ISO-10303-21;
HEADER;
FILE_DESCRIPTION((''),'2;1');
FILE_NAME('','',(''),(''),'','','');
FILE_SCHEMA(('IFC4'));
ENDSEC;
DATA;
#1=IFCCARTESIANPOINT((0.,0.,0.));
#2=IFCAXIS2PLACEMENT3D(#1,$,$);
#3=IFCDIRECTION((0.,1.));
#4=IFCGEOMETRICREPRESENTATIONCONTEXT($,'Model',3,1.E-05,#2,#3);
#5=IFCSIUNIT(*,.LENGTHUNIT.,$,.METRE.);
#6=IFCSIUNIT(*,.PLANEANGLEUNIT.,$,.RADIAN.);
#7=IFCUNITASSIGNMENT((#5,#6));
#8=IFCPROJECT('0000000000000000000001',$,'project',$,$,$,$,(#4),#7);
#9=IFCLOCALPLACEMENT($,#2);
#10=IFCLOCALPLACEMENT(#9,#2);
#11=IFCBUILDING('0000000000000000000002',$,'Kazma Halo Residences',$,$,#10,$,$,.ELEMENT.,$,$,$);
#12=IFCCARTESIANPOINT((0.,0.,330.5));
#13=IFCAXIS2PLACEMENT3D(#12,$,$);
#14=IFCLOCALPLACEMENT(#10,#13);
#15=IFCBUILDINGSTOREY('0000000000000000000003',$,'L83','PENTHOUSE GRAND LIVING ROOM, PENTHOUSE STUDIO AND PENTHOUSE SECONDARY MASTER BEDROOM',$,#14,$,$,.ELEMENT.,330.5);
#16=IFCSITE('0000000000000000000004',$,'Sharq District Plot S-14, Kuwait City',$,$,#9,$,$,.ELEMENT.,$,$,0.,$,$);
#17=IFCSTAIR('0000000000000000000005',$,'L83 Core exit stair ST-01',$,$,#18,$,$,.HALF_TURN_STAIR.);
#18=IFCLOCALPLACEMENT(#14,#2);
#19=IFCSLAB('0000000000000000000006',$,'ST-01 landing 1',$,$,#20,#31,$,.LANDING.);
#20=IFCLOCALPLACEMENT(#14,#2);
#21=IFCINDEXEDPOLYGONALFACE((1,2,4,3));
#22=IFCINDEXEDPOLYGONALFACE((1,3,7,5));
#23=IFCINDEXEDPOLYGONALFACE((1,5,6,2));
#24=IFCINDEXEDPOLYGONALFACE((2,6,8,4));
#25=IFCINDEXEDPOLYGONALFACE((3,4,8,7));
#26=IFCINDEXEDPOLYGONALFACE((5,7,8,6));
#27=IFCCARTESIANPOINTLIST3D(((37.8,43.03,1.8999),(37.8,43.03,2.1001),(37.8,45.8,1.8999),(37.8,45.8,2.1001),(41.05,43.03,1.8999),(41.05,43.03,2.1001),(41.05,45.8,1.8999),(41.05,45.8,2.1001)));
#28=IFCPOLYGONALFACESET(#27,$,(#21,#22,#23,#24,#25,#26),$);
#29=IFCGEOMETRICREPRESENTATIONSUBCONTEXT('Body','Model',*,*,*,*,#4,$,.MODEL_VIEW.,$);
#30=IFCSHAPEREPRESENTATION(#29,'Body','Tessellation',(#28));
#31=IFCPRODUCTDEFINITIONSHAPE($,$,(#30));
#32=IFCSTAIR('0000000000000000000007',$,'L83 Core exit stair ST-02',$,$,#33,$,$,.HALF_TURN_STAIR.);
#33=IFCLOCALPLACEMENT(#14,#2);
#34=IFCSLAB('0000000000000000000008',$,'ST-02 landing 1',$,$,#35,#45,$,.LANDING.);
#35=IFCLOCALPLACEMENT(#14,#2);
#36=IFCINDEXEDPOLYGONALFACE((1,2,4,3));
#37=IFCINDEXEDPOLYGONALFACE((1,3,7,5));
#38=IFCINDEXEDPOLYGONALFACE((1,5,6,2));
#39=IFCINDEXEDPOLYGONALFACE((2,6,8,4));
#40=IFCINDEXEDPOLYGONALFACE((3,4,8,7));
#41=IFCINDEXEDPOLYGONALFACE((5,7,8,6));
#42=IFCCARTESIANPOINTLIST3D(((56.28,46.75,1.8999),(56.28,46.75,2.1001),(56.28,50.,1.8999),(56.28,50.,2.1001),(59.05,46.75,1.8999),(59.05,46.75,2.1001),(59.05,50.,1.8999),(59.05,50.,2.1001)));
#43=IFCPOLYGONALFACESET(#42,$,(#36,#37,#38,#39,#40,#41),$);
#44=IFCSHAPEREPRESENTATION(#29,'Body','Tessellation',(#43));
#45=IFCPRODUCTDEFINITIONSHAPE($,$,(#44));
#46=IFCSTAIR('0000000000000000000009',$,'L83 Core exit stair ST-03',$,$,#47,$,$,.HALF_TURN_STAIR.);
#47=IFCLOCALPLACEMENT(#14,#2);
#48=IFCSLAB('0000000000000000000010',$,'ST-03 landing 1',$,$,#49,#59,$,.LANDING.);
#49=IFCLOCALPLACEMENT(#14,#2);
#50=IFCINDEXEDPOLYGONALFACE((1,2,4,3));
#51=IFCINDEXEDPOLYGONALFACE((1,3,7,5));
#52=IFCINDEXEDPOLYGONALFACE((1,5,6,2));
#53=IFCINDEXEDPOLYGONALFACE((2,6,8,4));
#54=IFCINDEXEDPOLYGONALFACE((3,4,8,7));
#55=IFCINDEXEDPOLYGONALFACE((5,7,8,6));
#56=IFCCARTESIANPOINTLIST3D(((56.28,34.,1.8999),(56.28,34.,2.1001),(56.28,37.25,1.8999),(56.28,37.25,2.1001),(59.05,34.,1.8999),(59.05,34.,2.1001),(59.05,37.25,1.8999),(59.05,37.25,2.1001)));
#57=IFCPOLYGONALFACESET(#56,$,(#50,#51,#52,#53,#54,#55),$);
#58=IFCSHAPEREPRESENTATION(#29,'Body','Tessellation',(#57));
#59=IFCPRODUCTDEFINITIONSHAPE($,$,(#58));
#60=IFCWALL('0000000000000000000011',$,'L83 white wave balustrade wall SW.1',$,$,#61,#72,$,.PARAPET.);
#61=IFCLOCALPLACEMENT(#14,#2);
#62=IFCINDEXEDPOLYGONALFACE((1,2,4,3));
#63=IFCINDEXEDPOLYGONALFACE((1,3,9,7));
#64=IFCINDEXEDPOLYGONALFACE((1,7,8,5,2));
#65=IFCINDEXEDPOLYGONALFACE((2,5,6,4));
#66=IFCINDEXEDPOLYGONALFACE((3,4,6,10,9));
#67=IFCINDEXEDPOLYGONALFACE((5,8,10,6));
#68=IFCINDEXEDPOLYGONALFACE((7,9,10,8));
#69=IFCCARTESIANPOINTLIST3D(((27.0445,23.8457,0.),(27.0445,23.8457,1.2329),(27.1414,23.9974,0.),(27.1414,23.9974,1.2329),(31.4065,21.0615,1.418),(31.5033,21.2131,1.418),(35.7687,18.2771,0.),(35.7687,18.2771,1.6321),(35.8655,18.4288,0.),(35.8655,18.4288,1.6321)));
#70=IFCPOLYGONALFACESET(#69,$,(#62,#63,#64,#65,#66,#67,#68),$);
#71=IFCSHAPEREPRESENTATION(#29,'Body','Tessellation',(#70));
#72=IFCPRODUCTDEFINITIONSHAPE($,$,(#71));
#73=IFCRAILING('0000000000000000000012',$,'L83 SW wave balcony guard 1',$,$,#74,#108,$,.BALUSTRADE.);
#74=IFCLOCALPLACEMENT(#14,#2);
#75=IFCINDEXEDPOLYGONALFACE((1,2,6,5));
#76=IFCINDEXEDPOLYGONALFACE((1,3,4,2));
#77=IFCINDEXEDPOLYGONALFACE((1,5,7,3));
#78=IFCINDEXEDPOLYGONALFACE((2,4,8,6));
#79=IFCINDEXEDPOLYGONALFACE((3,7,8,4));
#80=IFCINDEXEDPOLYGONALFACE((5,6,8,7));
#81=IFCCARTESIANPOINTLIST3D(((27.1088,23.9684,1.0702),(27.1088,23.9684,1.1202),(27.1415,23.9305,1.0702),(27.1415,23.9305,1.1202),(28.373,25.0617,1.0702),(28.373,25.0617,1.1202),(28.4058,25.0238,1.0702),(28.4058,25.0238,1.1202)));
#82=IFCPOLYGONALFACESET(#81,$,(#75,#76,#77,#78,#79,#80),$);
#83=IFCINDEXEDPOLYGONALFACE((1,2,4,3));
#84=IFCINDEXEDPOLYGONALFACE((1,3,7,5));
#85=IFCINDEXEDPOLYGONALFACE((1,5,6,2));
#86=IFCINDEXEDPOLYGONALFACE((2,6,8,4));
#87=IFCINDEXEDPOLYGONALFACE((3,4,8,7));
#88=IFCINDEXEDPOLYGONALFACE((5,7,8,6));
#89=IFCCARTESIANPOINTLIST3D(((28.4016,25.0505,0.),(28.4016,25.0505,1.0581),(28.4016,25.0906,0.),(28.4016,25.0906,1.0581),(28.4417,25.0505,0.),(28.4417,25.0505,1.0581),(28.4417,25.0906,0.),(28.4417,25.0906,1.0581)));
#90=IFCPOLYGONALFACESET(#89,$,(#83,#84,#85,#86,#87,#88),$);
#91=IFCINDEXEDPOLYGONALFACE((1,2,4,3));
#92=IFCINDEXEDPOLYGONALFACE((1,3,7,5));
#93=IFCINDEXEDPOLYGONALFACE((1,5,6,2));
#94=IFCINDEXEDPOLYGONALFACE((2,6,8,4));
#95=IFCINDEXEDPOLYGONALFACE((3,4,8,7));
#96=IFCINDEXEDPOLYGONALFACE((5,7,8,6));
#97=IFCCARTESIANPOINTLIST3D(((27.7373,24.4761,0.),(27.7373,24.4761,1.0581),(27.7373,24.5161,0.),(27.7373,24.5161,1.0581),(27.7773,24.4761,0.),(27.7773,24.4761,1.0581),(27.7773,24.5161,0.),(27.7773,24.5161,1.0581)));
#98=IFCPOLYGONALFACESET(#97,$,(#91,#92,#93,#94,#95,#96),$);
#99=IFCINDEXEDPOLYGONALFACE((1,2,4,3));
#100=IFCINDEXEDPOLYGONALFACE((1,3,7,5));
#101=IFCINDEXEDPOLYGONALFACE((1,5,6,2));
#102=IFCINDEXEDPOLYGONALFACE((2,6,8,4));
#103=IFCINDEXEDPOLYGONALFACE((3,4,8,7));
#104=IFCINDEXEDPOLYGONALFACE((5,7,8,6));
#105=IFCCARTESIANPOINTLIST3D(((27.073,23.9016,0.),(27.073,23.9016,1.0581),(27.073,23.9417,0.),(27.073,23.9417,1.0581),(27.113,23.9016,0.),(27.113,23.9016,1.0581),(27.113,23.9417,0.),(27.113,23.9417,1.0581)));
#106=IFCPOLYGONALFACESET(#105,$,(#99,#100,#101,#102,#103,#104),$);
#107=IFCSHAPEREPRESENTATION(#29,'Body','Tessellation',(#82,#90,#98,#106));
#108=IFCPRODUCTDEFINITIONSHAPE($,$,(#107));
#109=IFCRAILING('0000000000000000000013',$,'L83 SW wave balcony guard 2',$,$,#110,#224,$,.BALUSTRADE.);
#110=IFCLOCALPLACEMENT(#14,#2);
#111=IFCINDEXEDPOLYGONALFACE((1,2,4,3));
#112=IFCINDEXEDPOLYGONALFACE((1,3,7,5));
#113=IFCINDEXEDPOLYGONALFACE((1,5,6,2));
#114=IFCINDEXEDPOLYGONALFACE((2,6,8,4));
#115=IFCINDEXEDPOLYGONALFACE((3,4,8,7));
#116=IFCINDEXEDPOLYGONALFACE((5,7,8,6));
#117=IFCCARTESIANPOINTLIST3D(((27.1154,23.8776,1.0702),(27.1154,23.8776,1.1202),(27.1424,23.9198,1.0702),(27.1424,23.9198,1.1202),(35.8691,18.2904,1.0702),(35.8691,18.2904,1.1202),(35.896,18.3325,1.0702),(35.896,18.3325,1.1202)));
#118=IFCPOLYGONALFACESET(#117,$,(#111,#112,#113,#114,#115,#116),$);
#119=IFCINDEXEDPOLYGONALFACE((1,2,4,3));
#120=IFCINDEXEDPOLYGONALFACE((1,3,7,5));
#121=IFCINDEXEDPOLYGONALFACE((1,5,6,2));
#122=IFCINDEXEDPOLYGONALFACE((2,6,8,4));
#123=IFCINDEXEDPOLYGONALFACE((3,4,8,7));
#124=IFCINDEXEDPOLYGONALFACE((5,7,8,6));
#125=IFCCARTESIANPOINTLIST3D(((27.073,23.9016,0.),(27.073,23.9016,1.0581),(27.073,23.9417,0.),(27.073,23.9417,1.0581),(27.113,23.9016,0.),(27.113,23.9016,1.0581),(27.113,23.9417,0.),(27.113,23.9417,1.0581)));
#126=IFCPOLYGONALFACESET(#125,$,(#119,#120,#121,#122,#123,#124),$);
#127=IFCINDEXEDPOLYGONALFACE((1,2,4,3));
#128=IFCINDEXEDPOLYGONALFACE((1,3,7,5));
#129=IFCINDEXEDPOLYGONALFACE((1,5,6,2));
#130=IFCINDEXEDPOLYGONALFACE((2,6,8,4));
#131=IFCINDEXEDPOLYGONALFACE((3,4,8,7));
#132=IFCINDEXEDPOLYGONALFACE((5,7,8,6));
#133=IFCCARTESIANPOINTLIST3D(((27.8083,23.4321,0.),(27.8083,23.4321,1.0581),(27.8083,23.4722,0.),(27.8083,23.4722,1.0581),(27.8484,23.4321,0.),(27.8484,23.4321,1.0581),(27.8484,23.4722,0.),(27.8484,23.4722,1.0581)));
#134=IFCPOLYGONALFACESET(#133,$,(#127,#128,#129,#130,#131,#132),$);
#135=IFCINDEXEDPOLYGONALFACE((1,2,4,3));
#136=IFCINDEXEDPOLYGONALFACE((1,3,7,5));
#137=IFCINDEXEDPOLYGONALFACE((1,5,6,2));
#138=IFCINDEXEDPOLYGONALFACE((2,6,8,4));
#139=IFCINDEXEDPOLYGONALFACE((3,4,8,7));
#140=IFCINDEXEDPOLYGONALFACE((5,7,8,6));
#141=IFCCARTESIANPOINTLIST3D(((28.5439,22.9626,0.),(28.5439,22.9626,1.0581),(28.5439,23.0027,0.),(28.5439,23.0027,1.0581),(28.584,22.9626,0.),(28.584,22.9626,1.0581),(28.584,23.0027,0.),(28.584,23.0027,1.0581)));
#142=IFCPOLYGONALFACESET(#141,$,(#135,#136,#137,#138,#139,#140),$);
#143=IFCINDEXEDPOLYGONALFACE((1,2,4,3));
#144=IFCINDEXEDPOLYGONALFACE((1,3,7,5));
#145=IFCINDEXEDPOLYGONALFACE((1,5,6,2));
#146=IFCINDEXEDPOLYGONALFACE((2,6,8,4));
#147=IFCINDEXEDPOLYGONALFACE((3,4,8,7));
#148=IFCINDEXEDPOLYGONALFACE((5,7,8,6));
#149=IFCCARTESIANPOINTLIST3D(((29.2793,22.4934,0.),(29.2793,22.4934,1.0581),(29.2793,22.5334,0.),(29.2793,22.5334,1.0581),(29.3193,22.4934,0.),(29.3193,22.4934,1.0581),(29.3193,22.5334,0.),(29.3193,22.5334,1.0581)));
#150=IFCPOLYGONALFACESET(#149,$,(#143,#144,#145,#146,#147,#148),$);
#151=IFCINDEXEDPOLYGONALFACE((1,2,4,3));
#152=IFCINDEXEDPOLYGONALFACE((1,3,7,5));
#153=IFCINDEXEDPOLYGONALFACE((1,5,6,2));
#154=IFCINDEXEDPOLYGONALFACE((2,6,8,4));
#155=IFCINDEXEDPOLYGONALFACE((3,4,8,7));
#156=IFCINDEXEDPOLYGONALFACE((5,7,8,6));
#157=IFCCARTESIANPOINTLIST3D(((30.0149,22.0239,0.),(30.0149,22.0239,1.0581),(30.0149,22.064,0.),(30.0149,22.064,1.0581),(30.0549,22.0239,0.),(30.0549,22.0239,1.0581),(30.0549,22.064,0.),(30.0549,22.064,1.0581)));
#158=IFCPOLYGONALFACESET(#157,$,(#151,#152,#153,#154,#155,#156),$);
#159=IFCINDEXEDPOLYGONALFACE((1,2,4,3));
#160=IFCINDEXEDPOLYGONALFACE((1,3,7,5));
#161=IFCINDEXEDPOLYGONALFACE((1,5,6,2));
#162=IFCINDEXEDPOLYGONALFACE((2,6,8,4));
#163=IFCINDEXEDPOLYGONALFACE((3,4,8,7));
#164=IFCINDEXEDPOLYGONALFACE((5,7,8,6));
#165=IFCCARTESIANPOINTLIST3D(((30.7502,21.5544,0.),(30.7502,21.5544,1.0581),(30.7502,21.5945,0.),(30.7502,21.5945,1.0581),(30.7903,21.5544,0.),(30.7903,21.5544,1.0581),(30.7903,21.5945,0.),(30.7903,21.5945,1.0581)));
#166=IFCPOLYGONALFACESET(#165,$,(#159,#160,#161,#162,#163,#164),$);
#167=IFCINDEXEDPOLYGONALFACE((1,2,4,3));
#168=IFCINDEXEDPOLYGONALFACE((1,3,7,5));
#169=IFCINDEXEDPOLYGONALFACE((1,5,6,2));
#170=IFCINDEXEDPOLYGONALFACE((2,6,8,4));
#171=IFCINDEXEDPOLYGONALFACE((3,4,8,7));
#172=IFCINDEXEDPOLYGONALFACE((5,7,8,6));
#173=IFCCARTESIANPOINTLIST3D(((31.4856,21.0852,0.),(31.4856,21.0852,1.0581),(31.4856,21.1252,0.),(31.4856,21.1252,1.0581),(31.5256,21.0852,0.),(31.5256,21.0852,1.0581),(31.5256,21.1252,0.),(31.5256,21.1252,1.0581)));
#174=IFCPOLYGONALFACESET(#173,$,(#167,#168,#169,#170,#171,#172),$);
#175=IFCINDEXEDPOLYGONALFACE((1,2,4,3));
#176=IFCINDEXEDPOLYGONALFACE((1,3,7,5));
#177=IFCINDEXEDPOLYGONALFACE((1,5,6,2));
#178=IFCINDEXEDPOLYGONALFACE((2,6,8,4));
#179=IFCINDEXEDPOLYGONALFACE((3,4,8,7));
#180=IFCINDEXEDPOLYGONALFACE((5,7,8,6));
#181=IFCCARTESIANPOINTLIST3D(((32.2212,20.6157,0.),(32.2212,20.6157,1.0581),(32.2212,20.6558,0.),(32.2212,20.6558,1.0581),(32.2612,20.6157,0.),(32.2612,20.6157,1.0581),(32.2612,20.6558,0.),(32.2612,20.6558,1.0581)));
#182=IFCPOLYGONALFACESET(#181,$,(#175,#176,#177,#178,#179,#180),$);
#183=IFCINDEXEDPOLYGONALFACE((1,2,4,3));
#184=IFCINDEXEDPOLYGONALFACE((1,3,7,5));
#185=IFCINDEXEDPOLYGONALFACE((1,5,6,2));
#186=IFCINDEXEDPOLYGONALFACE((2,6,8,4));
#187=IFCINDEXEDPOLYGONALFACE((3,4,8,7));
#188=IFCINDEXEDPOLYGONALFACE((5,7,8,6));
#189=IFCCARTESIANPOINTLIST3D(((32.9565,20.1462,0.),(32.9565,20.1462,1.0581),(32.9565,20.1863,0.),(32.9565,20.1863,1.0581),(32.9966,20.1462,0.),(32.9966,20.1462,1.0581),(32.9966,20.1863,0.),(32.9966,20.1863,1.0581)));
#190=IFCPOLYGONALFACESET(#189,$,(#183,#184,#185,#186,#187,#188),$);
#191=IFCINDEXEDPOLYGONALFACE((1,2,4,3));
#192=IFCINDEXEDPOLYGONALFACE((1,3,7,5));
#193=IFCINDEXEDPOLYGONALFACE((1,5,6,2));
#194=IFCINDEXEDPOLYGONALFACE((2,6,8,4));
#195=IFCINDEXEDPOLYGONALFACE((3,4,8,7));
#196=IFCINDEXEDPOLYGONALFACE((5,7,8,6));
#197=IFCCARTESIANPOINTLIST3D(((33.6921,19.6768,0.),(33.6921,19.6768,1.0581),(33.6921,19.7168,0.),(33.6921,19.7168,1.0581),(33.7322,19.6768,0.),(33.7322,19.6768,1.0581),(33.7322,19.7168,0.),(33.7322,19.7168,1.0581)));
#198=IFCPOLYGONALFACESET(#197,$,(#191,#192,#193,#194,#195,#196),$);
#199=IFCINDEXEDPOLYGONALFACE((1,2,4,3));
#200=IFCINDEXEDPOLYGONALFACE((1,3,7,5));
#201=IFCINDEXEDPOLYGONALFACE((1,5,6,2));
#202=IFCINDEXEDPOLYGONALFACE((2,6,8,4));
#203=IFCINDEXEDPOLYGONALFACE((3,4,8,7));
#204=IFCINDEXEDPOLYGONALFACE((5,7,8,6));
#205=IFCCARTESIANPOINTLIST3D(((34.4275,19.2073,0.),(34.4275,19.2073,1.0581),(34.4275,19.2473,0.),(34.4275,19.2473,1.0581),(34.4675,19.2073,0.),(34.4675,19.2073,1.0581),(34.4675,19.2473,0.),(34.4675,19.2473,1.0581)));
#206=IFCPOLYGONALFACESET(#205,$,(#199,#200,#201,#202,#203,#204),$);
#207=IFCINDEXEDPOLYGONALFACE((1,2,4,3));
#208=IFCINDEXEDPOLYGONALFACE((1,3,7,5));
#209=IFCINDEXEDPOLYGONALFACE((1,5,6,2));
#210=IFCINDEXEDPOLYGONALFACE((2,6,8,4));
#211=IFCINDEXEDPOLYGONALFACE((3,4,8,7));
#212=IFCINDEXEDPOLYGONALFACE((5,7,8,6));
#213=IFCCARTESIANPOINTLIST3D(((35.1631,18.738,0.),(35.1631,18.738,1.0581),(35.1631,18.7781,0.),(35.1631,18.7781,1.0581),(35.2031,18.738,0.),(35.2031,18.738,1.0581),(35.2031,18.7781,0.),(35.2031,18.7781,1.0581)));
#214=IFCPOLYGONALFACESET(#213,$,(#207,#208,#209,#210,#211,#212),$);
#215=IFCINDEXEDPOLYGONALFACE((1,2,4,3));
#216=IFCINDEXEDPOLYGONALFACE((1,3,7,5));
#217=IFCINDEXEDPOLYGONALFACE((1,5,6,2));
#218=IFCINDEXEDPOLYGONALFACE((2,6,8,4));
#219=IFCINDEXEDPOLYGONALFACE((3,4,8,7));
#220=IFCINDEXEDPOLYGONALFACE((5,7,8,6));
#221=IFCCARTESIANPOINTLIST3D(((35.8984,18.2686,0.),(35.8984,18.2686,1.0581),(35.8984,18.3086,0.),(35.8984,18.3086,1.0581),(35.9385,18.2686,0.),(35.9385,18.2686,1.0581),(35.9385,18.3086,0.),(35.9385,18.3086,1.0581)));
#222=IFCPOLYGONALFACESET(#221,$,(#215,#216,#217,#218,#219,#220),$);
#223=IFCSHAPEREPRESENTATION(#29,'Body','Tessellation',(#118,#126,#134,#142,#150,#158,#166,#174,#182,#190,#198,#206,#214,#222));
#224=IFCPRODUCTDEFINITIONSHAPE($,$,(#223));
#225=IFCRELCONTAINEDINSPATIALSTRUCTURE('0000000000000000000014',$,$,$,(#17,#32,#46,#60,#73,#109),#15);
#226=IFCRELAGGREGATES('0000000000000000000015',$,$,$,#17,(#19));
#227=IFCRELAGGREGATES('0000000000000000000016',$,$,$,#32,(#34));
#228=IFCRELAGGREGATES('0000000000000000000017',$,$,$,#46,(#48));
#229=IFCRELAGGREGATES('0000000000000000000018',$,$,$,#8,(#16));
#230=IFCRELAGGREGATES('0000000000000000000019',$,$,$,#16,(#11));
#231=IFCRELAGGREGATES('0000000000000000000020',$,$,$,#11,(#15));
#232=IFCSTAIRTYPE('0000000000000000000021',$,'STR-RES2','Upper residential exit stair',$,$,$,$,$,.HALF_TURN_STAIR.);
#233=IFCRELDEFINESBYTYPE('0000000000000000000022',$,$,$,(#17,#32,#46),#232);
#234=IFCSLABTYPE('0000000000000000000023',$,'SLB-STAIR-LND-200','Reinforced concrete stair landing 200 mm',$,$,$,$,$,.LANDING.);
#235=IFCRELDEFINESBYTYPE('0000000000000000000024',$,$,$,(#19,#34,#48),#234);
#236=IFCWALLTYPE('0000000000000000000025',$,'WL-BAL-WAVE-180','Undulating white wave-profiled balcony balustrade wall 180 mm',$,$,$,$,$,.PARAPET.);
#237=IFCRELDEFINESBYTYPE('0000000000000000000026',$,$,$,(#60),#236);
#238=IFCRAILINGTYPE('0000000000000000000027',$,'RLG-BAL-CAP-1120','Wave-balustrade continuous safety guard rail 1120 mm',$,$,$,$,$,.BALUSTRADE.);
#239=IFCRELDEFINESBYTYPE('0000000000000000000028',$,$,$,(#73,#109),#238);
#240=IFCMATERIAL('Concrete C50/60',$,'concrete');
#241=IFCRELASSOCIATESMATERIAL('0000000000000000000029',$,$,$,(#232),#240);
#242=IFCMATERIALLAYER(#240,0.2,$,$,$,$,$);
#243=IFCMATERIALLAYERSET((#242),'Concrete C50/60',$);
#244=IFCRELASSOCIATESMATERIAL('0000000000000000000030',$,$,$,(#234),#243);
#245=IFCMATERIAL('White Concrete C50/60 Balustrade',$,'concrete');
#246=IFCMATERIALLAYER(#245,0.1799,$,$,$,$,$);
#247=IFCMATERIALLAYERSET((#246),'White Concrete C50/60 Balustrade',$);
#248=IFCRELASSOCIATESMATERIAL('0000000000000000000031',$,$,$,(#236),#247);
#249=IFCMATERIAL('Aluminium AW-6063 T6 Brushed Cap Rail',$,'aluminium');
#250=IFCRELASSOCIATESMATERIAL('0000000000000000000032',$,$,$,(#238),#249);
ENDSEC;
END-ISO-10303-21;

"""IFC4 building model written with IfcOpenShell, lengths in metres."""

from ifc_helpers import new_model, si_unit, direction, frame, origin, origin_2d, place, context, subcontext, project, spatial, polyline, rectangle, outline, extrude, material, layer, layer_set, type_object, element, aggregate, save


model = new_model("IFC4")

# Units and contexts
model_context = context("Model", 3, precision=1e-05, world=origin(), true_north=direction((0.0, 1.0)))
body_context = subcontext(model_context, "Body", "Model", "MODEL_VIEW")
ifc_project = project(units=[si_unit("LENGTHUNIT", "METRE"), si_unit("PLANEANGLEUNIT", "RADIAN")], contexts=[model_context])

# Site, building, storey
site_placement = place(None, origin())
site = spatial("IfcSite", under=ifc_project, at=site_placement, Name="Sharq District Plot S-14, Kuwait City", CompositionType="ELEMENT", RefElevation=0.0)
building_placement = place(site_placement, origin())
building = spatial("IfcBuilding", under=site, at=building_placement, Name="Kazma Halo Residences", CompositionType="ELEMENT")
storey_placement = place(building_placement, frame((0.0, 0.0, 330.5)))
storey = spatial("IfcBuildingStorey", under=building, at=storey_placement, Name="L83", Description="PENTHOUSE GRAND LIVING ROOM, PENTHOUSE STUDIO AND PENTHOUSE SECONDARY MASTER BEDROOM", CompositionType="ELEMENT", Elevation=330.5)

# Shared definitions
ifc_material_1 = material(Name="Concrete C50/60", Category="concrete")

# Stairs, slabs
stair_type = type_object("IfcStairType", Name="STR-RES2", Description="Upper residential exit stair", PredefinedType="HALF_TURN_STAIR", material=ifc_material_1)
stair_1_placement = place(storey_placement, origin())
stair_1 = element("IfcStair", 1, at=stair_1_placement, inside=storey, type_object=stair_type, Name="L83 Core exit stair ST-01", PredefinedType="HALF_TURN_STAIR")
ifc_layer_1 = layer(ifc_material_1, 0.2)
ifc_layer_set_1 = layer_set([ifc_layer_1], Name="Concrete C50/60")
slab_type_1 = type_object("IfcSlabType", Name="SLB-STAIR-LND-200", Description="Reinforced concrete stair landing 200 mm", PredefinedType="LANDING", material=ifc_layer_set_1)
slab_1_placement = place(storey_placement, frame((0.0, 0.0, 1.8999)))
slab_1 = element("IfcSlab", 2, at=slab_1_placement, type_object=slab_type_1, Name="ST-01 landing 1", PredefinedType="LANDING", context=body_context, shape_type="SweptSolid", body=[
    extrude(outline(polyline([(41.05, 43.03), (41.05, 45.8), (37.8, 45.8), (37.8, 43.03), (41.05, 43.03)])), origin(), (0.0, 0.0, 1.0), 0.2002),
])
aggregate(stair_1, [slab_1])
stair_2_placement = place(storey_placement, origin())
stair_2 = element("IfcStair", 3, at=stair_2_placement, inside=storey, type_object=stair_type, Name="L83 Core exit stair ST-02", PredefinedType="HALF_TURN_STAIR")
slab_2_placement = place(storey_placement, frame((0.0, 0.0, 1.8999)))
slab_2 = element("IfcSlab", 4, at=slab_2_placement, type_object=slab_type_1, Name="ST-02 landing 1", PredefinedType="LANDING", context=body_context, shape_type="SweptSolid", body=[
    extrude(outline(polyline([(56.28, 46.75), (59.05, 46.75), (59.05, 50.0), (56.28, 50.0), (56.28, 46.75)])), origin(), (0.0, 0.0, 1.0), 0.2002),
])
aggregate(stair_2, [slab_2])
stair_3_placement = place(storey_placement, origin())
stair_3 = element("IfcStair", 5, at=stair_3_placement, inside=storey, type_object=stair_type, Name="L83 Core exit stair ST-03", PredefinedType="HALF_TURN_STAIR")
slab_3_placement = place(storey_placement, frame((0.0, 0.0, 1.8999)))
slab_3 = element("IfcSlab", 6, at=slab_3_placement, type_object=slab_type_1, Name="ST-03 landing 1", PredefinedType="LANDING", context=body_context, shape_type="SweptSolid", body=[
    extrude(outline(polyline([(56.28, 34.0), (59.05, 34.0), (59.05, 37.25), (56.28, 37.25), (56.28, 34.0)])), origin(), (0.0, 0.0, 1.0), 0.2002),
])
aggregate(stair_3, [slab_3])

# Wall
ifc_material_2 = material(Name="White Concrete C50/60 Balustrade", Category="concrete")
ifc_layer_2 = layer(ifc_material_2, 0.1799)
ifc_layer_set_2 = layer_set([ifc_layer_2], Name="White Concrete C50/60 Balustrade")
wall_type_1 = type_object("IfcWallType", Name="WL-BAL-WAVE-180", Description="Undulating white wave-profiled balcony balustrade wall 180 mm", PredefinedType="PARAPET", material=ifc_layer_set_2)
wall_1_placement = place(storey_placement, frame((27.093, 23.9216, 0.0), z_axis=(0.0, 0.0, 1.0), x_axis=(0.842922, -0.538037, 0.0)))
element("IfcWall", 7, at=wall_1_placement, inside=storey, type_object=wall_type_1, Name="L83 white wave balustrade wall SW.1", PredefinedType="PARAPET", context=body_context, shape_type="SweptSolid", body=[
    extrude(outline(polyline([(0.0, 0.0), (10.3499, 0.0), (10.3499, 1.6321), (5.1748, 1.418), (0.0, 1.2329), (0.0, 0.0)])), frame((0.0, 0.0898, 0.0), z_axis=(0.0, -1.0, 0.0), x_axis=(1.0, 0.0, 0.0)), (0.0, 0.0, 1.0), 0.1799),
])

# Railings
ifc_material_3 = material(Name="Aluminium AW-6063 T6 Brushed Cap Rail", Category="aluminium")
railing_type = type_object("IfcRailingType", Name="RLG-BAL-CAP-1120", Description="Wave-balustrade continuous safety guard rail 1120 mm", PredefinedType="BALUSTRADE", material=ifc_material_3)
railing_1_placement = place(storey_placement, frame((28.4216, 25.0706, 0.0)))
element("IfcRailing", 8, at=railing_1_placement, inside=storey, type_object=railing_type, Name="L83 SW wave balcony guard 1", PredefinedType="BALUSTRADE", context=body_context, shape_type="SweptSolid", body=[
    extrude(rectangle(XDim=0.05, YDim=0.05, at=origin_2d()), frame((-0.0322, -0.0278, 1.0952), z_axis=(-0.756404, -0.654105, 0.0), x_axis=(0.654105, -0.756404, 0.0)), (0.0, 0.0, 1.0), 1.6714),
    extrude(rectangle(XDim=0.04, YDim=0.04, at=origin_2d()), origin(), (0.0, 0.0, 1.0), 1.0581),
    extrude(rectangle(XDim=0.04, YDim=0.04, at=origin_2d()), frame((-0.6643, -0.5745, 0.0)), (0.0, 0.0, 1.0), 1.0581),
    extrude(rectangle(XDim=0.04, YDim=0.04, at=origin_2d()), frame((-1.3286, -1.1489, 0.0)), (0.0, 0.0, 1.0), 1.0581),
])
railing_2_placement = place(storey_placement, frame((27.093, 23.9216, 0.0)))
element("IfcRailing", 9, at=railing_2_placement, inside=storey, type_object=railing_type, Name="L83 SW wave balcony guard 2", PredefinedType="BALUSTRADE", context=body_context, shape_type="SweptSolid", body=[
    extrude(rectangle(XDim=0.05, YDim=0.05, at=origin_2d()), frame((0.0359, -0.0229, 1.0952), z_axis=(0.842931, -0.538022, 0.0), x_axis=(0.538022, 0.842931, 0.0)), (0.0, 0.0, 1.0), 10.3848),
    extrude(rectangle(XDim=0.04, YDim=0.04, at=origin_2d()), origin(), (0.0, 0.0, 1.0), 1.0581),
    extrude(rectangle(XDim=0.04, YDim=0.04, at=origin_2d()), frame((0.7354, -0.4695, 0.0)), (0.0, 0.0, 1.0), 1.0581),
    extrude(rectangle(XDim=0.04, YDim=0.04, at=origin_2d()), frame((1.4709, -0.939, 0.0)), (0.0, 0.0, 1.0), 1.0581),
    extrude(rectangle(XDim=0.04, YDim=0.04, at=origin_2d()), frame((2.2063, -1.4082, 0.0)), (0.0, 0.0, 1.0), 1.0581),
    extrude(rectangle(XDim=0.04, YDim=0.04, at=origin_2d()), frame((2.9419, -1.8777, 0.0)), (0.0, 0.0, 1.0), 1.0581),
    extrude(rectangle(XDim=0.04, YDim=0.04, at=origin_2d()), frame((3.6772, -2.3472, 0.0)), (0.0, 0.0, 1.0), 1.0581),
    extrude(rectangle(XDim=0.04, YDim=0.04, at=origin_2d()), frame((4.4126, -2.8164, 0.0)), (0.0, 0.0, 1.0), 1.0581),
    extrude(rectangle(XDim=0.04, YDim=0.04, at=origin_2d()), frame((5.1482, -3.2859, 0.0)), (0.0, 0.0, 1.0), 1.0581),
    extrude(rectangle(XDim=0.04, YDim=0.04, at=origin_2d()), frame((5.8835, -3.7554, 0.0)), (0.0, 0.0, 1.0), 1.0581),
    extrude(rectangle(XDim=0.04, YDim=0.04, at=origin_2d()), frame((6.6191, -4.2249, 0.0)), (0.0, 0.0, 1.0), 1.0581),
    extrude(rectangle(XDim=0.04, YDim=0.04, at=origin_2d()), frame((7.3545, -4.6943, 0.0)), (0.0, 0.0, 1.0), 1.0581),
    extrude(rectangle(XDim=0.04, YDim=0.04, at=origin_2d()), frame((8.0901, -5.1636, 0.0)), (0.0, 0.0, 1.0), 1.0581),
    extrude(rectangle(XDim=0.04, YDim=0.04, at=origin_2d()), frame((8.8254, -5.6331, 0.0)), (0.0, 0.0, 1.0), 1.0581),
])

save(model, "model.ifc")
